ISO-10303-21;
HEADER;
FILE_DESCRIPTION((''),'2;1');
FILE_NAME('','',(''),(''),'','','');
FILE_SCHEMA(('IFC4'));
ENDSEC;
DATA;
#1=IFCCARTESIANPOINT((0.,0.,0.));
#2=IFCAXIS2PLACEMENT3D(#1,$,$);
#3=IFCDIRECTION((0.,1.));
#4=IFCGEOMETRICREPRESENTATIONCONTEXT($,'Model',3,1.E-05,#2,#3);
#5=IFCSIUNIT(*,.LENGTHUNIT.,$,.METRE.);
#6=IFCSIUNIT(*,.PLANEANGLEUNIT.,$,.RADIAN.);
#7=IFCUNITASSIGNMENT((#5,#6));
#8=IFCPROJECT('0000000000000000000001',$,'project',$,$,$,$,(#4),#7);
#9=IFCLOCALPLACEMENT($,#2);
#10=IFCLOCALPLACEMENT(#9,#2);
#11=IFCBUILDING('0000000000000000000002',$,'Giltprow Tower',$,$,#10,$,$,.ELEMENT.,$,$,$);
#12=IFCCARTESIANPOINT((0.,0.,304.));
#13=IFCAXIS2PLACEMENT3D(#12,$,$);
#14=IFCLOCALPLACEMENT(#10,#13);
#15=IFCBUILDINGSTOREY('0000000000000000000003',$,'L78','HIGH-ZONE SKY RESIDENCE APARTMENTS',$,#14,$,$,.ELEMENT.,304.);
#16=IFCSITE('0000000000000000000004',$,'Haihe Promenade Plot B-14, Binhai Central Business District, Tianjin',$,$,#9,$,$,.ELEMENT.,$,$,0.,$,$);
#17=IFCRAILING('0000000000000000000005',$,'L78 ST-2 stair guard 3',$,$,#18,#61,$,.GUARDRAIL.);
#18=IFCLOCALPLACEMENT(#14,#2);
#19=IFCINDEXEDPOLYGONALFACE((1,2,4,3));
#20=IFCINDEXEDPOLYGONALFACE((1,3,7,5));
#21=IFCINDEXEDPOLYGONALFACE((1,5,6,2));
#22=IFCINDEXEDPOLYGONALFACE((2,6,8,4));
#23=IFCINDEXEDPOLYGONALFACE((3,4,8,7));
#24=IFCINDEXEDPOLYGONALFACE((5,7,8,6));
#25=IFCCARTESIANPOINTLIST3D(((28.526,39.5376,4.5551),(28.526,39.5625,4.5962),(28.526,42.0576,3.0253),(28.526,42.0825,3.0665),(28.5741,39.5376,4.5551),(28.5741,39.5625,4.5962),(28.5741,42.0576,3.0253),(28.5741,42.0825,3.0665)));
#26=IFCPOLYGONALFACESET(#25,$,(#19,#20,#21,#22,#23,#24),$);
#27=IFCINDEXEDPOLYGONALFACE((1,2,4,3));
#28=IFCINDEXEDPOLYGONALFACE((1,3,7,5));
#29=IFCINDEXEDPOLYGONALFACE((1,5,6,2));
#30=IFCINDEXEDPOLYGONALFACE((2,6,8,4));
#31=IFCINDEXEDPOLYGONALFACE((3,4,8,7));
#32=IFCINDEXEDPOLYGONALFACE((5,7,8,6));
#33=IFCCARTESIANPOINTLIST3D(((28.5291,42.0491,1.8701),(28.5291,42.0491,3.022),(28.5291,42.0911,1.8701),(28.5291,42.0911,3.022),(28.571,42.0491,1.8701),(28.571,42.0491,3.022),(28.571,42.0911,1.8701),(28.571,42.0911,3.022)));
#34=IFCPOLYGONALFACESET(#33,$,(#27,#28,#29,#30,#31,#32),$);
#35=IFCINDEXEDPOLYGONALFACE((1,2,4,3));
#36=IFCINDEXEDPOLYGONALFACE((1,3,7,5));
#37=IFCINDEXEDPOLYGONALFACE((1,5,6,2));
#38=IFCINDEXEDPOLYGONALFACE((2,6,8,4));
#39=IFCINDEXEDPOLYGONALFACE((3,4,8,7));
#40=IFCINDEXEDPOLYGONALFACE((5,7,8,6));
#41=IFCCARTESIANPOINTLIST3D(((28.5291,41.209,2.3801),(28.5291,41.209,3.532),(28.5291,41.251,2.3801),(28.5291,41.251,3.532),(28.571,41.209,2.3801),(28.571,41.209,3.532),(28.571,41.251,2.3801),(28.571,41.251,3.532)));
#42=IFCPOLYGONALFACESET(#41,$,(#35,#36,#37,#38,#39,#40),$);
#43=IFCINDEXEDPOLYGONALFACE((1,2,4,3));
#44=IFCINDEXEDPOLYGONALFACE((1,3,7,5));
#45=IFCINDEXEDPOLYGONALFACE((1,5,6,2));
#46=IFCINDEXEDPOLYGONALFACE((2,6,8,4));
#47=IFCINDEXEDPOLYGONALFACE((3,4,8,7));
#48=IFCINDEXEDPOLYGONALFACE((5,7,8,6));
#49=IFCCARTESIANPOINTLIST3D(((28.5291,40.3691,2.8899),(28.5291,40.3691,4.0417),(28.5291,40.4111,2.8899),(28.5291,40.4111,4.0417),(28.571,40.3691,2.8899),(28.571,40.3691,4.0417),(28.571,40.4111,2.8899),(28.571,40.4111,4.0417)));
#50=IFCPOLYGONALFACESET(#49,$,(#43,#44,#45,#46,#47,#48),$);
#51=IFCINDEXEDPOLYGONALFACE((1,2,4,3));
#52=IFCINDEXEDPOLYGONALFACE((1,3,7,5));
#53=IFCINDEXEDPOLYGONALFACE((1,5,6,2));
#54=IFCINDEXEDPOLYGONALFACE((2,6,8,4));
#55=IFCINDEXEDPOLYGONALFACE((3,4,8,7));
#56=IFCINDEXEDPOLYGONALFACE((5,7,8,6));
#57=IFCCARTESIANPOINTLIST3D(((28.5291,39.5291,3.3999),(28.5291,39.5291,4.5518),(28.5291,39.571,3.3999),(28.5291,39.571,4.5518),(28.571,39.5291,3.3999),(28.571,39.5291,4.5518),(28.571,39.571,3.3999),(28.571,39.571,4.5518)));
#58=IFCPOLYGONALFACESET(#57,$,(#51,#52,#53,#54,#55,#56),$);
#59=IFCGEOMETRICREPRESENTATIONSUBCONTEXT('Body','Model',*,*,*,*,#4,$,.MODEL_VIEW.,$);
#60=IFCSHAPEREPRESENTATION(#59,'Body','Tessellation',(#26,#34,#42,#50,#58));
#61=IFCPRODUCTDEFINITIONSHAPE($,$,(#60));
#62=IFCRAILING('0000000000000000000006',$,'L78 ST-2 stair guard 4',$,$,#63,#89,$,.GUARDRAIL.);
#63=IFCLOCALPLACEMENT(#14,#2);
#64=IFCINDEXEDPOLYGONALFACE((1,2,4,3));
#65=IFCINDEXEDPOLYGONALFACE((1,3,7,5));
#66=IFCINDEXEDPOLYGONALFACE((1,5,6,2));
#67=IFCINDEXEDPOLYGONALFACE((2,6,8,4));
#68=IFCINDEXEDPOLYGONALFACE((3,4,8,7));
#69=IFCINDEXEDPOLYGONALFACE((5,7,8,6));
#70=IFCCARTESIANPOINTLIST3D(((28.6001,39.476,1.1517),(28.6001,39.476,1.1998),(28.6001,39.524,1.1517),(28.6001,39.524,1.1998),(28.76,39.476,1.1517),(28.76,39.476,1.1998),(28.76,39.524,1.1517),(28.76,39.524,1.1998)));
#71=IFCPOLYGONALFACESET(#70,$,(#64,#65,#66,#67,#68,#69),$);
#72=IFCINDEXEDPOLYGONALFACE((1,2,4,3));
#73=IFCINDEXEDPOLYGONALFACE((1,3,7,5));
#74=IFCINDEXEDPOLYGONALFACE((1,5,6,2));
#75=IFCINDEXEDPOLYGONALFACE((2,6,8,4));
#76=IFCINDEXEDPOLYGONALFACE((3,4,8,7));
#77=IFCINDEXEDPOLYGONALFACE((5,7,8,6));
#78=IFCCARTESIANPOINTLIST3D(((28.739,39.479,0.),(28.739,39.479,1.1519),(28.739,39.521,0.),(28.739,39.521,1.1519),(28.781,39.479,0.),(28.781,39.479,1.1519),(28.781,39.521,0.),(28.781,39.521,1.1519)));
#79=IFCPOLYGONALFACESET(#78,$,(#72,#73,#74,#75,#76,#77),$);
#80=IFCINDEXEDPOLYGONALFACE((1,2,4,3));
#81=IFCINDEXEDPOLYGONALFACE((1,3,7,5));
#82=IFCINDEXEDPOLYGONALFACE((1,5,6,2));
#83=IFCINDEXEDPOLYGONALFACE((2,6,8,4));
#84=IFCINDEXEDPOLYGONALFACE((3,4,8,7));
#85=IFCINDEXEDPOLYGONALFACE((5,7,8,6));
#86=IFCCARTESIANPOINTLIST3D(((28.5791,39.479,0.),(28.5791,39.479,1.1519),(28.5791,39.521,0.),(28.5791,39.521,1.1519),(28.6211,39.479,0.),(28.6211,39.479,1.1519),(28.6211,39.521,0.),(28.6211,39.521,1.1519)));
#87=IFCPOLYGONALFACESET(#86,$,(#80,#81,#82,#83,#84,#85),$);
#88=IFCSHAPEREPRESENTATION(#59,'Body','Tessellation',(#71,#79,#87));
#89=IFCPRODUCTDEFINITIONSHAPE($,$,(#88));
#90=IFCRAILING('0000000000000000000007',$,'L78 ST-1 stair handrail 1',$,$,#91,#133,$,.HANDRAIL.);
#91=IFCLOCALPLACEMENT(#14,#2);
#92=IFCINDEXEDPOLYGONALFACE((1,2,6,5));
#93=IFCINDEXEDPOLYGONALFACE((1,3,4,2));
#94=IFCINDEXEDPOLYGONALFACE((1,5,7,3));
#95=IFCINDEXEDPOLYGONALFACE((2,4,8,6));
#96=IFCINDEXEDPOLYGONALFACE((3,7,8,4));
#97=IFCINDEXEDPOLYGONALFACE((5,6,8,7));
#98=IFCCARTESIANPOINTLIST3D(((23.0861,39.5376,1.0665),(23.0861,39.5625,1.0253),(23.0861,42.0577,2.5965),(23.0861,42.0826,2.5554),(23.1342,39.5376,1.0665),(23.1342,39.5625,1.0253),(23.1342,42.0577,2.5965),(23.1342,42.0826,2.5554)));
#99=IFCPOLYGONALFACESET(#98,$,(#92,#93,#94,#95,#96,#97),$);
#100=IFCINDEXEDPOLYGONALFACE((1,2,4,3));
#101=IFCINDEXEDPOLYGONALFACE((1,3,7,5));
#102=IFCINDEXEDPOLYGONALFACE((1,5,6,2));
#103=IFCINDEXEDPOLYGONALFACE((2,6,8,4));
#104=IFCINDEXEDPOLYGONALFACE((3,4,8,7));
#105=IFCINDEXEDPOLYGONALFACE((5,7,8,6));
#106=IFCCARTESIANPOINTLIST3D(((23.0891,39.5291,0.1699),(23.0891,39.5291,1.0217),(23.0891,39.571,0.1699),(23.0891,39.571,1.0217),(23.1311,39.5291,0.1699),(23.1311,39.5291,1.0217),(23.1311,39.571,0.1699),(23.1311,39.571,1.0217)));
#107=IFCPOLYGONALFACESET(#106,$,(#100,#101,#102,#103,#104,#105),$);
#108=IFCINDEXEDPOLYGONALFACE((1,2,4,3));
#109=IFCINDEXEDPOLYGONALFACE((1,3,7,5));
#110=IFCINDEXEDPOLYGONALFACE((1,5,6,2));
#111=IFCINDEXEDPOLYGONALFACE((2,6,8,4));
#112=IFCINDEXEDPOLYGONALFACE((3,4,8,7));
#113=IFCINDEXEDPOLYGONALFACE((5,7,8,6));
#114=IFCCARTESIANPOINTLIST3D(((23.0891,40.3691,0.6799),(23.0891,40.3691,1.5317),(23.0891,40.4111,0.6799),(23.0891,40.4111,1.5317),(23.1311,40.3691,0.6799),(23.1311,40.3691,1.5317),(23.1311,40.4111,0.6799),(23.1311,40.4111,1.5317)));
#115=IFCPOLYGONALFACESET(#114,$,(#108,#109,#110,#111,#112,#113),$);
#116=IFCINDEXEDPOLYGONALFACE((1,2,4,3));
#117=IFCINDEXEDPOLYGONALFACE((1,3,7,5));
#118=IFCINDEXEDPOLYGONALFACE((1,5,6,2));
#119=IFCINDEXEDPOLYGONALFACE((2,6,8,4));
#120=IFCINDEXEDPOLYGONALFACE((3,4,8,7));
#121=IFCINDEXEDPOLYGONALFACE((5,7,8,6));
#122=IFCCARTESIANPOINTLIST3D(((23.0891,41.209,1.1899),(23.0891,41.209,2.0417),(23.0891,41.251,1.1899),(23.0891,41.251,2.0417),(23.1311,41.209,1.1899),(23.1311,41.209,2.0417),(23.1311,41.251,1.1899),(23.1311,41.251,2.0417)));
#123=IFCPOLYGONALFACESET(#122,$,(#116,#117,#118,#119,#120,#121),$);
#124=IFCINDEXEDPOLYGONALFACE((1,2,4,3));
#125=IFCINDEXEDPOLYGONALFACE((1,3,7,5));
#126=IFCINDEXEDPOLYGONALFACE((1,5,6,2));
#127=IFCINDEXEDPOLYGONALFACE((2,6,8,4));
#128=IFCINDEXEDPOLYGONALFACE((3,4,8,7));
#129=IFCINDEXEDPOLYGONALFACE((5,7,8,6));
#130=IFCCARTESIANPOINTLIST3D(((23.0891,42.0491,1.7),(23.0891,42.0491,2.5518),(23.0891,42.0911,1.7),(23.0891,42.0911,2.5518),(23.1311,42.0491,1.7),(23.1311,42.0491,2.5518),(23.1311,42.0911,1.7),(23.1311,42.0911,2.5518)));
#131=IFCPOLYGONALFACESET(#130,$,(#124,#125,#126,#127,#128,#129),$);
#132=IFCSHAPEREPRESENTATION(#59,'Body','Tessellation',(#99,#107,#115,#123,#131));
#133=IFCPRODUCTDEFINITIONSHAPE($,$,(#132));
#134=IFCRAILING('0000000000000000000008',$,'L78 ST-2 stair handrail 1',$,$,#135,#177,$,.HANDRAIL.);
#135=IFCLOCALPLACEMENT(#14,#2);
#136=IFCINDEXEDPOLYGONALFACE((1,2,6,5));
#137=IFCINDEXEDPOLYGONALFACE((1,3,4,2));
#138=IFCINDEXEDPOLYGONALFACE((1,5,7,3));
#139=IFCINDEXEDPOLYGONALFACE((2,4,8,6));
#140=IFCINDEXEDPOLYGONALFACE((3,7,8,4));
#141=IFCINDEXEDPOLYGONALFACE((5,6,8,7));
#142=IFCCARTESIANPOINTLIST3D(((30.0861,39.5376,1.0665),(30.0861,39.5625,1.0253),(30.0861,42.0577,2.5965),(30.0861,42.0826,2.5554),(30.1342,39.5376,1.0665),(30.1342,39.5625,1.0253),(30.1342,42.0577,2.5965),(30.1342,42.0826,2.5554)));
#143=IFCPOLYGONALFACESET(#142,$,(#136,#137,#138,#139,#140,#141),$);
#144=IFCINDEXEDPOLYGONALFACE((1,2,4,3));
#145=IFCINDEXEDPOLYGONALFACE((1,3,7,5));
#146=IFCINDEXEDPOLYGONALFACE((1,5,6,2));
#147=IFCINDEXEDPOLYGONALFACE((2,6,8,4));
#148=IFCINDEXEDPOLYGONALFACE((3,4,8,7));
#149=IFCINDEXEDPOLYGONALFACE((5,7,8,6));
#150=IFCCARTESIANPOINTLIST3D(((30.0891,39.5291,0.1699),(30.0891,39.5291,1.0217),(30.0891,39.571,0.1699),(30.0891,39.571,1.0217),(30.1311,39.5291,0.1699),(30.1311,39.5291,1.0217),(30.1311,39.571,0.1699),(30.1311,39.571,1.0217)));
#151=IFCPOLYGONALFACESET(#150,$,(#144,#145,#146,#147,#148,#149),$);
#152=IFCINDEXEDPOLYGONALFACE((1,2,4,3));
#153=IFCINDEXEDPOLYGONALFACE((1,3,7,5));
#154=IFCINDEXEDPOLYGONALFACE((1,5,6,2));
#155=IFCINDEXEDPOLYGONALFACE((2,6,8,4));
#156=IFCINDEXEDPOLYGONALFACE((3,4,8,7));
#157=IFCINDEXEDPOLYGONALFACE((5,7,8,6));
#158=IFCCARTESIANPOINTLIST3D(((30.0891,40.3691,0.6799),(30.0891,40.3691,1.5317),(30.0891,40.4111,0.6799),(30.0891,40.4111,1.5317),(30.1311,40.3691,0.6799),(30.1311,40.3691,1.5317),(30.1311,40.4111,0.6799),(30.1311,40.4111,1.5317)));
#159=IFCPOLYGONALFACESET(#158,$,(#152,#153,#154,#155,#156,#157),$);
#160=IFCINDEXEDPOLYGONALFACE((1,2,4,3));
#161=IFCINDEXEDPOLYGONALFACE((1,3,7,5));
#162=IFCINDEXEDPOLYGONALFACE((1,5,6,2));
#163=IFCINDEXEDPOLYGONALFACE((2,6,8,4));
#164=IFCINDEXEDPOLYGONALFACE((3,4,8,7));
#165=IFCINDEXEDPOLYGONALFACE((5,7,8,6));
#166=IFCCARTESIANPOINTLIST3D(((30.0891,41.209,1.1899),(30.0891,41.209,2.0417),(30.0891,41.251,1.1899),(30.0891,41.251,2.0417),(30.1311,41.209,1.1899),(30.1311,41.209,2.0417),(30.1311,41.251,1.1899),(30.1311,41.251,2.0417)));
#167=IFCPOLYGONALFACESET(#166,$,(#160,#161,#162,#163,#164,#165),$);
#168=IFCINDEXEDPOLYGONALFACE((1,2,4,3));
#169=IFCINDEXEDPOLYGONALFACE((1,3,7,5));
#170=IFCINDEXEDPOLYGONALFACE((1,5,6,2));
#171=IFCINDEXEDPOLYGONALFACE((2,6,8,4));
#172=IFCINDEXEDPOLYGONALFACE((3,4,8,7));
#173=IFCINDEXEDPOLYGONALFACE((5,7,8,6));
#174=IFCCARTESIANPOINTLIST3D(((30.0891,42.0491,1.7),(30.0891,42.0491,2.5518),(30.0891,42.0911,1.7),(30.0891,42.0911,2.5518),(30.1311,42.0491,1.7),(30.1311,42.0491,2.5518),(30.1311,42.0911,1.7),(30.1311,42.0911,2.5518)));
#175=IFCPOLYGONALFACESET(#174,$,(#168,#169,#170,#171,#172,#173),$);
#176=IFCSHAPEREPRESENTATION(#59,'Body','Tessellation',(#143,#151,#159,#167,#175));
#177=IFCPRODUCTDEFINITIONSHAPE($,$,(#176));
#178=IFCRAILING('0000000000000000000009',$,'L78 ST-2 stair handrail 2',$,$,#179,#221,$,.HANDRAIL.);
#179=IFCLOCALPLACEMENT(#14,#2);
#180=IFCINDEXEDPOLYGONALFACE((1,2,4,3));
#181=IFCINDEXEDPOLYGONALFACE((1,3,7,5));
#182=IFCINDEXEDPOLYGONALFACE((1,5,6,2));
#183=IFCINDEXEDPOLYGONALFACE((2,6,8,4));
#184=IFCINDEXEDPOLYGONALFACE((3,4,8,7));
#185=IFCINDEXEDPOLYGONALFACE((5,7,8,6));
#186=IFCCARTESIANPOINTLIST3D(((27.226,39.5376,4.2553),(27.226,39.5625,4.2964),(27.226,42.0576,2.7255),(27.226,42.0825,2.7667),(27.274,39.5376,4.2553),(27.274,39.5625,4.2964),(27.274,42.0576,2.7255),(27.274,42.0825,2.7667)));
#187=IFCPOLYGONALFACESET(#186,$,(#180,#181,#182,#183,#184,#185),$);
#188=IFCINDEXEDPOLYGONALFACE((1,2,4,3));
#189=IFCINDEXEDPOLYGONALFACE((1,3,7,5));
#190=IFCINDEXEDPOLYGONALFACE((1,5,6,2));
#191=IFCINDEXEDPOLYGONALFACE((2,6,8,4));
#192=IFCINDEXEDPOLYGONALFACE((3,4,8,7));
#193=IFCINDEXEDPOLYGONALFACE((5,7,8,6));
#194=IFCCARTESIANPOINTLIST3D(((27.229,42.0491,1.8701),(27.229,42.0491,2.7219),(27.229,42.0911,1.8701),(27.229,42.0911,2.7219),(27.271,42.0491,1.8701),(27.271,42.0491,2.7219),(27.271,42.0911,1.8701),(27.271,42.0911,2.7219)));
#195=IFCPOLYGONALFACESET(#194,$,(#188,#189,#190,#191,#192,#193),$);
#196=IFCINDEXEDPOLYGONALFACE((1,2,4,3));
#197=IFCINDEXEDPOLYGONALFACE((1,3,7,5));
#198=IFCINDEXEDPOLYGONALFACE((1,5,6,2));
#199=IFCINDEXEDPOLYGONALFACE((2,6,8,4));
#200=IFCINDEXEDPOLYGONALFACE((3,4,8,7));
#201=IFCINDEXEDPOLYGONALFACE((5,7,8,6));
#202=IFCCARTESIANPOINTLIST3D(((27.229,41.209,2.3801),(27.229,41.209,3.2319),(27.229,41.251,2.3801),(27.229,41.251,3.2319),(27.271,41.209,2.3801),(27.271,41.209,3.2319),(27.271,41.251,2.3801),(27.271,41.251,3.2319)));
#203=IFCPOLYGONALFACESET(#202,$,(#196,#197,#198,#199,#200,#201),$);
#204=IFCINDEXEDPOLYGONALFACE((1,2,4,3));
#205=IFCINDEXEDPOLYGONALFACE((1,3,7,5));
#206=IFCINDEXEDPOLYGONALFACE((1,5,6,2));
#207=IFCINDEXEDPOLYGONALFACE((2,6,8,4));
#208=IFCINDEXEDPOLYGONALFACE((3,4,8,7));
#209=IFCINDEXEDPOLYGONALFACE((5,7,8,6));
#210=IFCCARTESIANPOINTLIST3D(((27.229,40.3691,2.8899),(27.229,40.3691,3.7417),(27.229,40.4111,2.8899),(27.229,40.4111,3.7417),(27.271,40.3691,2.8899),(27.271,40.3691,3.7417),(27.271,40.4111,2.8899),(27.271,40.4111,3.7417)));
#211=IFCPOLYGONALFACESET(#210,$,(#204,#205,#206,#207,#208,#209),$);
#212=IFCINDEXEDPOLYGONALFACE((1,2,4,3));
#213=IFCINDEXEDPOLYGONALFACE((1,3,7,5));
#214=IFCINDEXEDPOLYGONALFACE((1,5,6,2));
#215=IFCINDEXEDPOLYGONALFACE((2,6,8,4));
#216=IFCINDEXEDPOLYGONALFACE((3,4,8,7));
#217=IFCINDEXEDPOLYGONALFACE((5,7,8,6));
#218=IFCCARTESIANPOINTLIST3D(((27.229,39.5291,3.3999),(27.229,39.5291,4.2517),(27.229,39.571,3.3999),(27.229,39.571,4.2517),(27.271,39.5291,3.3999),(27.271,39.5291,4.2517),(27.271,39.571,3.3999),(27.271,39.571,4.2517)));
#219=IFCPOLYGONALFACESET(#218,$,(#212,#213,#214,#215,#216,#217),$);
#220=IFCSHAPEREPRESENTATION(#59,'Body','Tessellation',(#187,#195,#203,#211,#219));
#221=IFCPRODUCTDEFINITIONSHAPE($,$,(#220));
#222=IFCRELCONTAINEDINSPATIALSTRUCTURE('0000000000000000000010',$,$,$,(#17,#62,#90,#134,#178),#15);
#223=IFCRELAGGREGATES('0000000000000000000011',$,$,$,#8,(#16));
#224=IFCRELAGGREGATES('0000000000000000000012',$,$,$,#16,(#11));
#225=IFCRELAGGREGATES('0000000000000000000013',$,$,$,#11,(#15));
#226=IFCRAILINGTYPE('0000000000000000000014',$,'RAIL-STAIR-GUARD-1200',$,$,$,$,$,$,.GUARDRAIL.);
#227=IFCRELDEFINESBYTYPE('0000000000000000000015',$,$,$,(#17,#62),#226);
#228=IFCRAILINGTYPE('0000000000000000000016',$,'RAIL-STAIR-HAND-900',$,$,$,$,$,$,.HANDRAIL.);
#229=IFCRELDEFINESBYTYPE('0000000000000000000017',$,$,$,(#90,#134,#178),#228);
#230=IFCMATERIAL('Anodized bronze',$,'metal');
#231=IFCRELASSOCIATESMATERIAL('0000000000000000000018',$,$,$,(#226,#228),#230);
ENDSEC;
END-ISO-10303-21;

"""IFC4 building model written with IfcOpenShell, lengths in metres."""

from ifc_helpers import new_model, si_unit, direction, frame, origin, origin_2d, place, context, subcontext, project, spatial, rectangle, extrude, material, type_object, element, save


model = new_model("IFC4")

# Units and contexts
model_context = context("Model", 3, precision=1e-05, world=origin(), true_north=direction((0.0, 1.0)))
body_context = subcontext(model_context, "Body", "Model", "MODEL_VIEW")
ifc_project = project(units=[si_unit("LENGTHUNIT", "METRE"), si_unit("PLANEANGLEUNIT", "RADIAN")], contexts=[model_context])

# Site, building, storey
site_placement = place(None, origin())
site = spatial("IfcSite", under=ifc_project, at=site_placement, Name="Haihe Promenade Plot B-14, Binhai Central Business District, Tianjin", CompositionType="ELEMENT", RefElevation=0.0)
building_placement = place(site_placement, origin())
building = spatial("IfcBuilding", under=site, at=building_placement, Name="Giltprow Tower", CompositionType="ELEMENT")
storey_placement = place(building_placement, frame((0.0, 0.0, 304.0)))
storey = spatial("IfcBuildingStorey", under=building, at=storey_placement, Name="L78", Description="HIGH-ZONE SKY RESIDENCE APARTMENTS", CompositionType="ELEMENT", Elevation=304.0)

# Railings
ifc_material_1 = material(Name="Anodized bronze", Category="metal")
railing_type_1 = type_object("IfcRailingType", Name="RAIL-STAIR-GUARD-1200", PredefinedType="GUARDRAIL", material=ifc_material_1)
railing_1_placement = place(storey_placement, frame((28.55, 42.0701, 1.8701)))
element("IfcRailing", 1, at=railing_1_placement, inside=storey, type_object=railing_type_1, Name="L78 ST-2 stair guard 3", PredefinedType="GUARDRAIL", context=body_context, shape_type="SweptSolid", body=[
    extrude(rectangle(XDim=0.0481, YDim=0.0481, at=origin_2d()), frame((0.0, 0.0, 1.1758), z_axis=(0.0, -0.854822, 0.518922), x_axis=(1.0, 0.0, 0.0)), (0.0, 0.0, 1.0), 2.948),
    extrude(rectangle(XDim=0.042, YDim=0.042, at=origin_2d()), origin(), (0.0, 0.0, 1.0), 1.1519),
    extrude(rectangle(XDim=0.042, YDim=0.042, at=origin_2d()), frame((0.0, -0.8401, 0.51)), (0.0, 0.0, 1.0), 1.1519),
    extrude(rectangle(XDim=0.042, YDim=0.042, at=origin_2d()), frame((0.0, -1.6799, 1.0198)), (0.0, 0.0, 1.0), 1.1519),
    extrude(rectangle(XDim=0.042, YDim=0.042, at=origin_2d()), frame((0.0, -2.52, 1.5298)), (0.0, 0.0, 1.0), 1.1519),
])
railing_2_placement = place(storey_placement, frame((28.76, 39.5, 0.0)))
element("IfcRailing", 2, at=railing_2_placement, inside=storey, type_object=railing_type_1, Name="L78 ST-2 stair guard 4", PredefinedType="GUARDRAIL", context=body_context, shape_type="SweptSolid", body=[
    extrude(rectangle(XDim=0.0481, YDim=0.0481, at=origin_2d()), frame((0.0, 0.0, 1.1758), z_axis=(-1.0, 0.0, 0.0), x_axis=(0.0, -1.0, 0.0)), (0.0, 0.0, 1.0), 0.1599),
    extrude(rectangle(XDim=0.042, YDim=0.042, at=origin_2d()), origin(), (0.0, 0.0, 1.0), 1.1519),
    extrude(rectangle(XDim=0.042, YDim=0.042, at=origin_2d()), frame((-0.1599, 0.0, 0.0)), (0.0, 0.0, 1.0), 1.1519),
])
railing_type_2 = type_object("IfcRailingType", Name="RAIL-STAIR-HAND-900", PredefinedType="HANDRAIL", material=ifc_material_1)
for number, where, name in (
    (3, (23.1101, 39.55, 0.1699), "L78 ST-1 stair handrail 1"),
    (4, (30.1101, 39.55, 0.1699), "L78 ST-2 stair handrail 1"),
):
    element("IfcRailing", number, at=place(storey_placement, frame(where)), inside=storey, type_object=railing_type_2, Name=name, PredefinedType="HANDRAIL", context=body_context, shape_type="SweptSolid", body=[
        extrude(rectangle(XDim=0.0481, YDim=0.0481, at=origin_2d()), frame((0.0, 0.0, 0.876), z_axis=(0.0, 0.854785, 0.518982), x_axis=(-1.0, 0.0, 0.0)), (0.0, 0.0, 1.0), 2.9482),
        extrude(rectangle(XDim=0.042, YDim=0.042, at=origin_2d()), origin(), (0.0, 0.0, 1.0), 0.8518),
        extrude(rectangle(XDim=0.042, YDim=0.042, at=origin_2d()), frame((0.0, 0.8401, 0.51)), (0.0, 0.0, 1.0), 0.8518),
        extrude(rectangle(XDim=0.042, YDim=0.042, at=origin_2d()), frame((0.0, 1.6799, 1.02)), (0.0, 0.0, 1.0), 0.8518),
        extrude(rectangle(XDim=0.042, YDim=0.042, at=origin_2d()), frame((0.0, 2.52, 1.53)), (0.0, 0.0, 1.0), 0.8518),
    ])
railing_3_placement = place(storey_placement, frame((27.25, 42.0701, 1.8701)))
element("IfcRailing", 5, at=railing_3_placement, inside=storey, type_object=railing_type_2, Name="L78 ST-2 stair handrail 2", PredefinedType="HANDRAIL", context=body_context, shape_type="SweptSolid", body=[
    extrude(rectangle(XDim=0.0481, YDim=0.0481, at=origin_2d()), frame((0.0, 0.0, 0.876), z_axis=(0.0, -0.854822, 0.518922), x_axis=(1.0, 0.0, 0.0)), (0.0, 0.0, 1.0), 2.948),
    extrude(rectangle(XDim=0.042, YDim=0.042, at=origin_2d()), origin(), (0.0, 0.0, 1.0), 0.8518),
    extrude(rectangle(XDim=0.042, YDim=0.042, at=origin_2d()), frame((0.0, -0.8401, 0.51)), (0.0, 0.0, 1.0), 0.8518),
    extrude(rectangle(XDim=0.042, YDim=0.042, at=origin_2d()), frame((0.0, -1.6799, 1.0198)), (0.0, 0.0, 1.0), 0.8518),
    extrude(rectangle(XDim=0.042, YDim=0.042, at=origin_2d()), frame((0.0, -2.52, 1.5298)), (0.0, 0.0, 1.0), 0.8518),
])

save(model, "model.ifc")
